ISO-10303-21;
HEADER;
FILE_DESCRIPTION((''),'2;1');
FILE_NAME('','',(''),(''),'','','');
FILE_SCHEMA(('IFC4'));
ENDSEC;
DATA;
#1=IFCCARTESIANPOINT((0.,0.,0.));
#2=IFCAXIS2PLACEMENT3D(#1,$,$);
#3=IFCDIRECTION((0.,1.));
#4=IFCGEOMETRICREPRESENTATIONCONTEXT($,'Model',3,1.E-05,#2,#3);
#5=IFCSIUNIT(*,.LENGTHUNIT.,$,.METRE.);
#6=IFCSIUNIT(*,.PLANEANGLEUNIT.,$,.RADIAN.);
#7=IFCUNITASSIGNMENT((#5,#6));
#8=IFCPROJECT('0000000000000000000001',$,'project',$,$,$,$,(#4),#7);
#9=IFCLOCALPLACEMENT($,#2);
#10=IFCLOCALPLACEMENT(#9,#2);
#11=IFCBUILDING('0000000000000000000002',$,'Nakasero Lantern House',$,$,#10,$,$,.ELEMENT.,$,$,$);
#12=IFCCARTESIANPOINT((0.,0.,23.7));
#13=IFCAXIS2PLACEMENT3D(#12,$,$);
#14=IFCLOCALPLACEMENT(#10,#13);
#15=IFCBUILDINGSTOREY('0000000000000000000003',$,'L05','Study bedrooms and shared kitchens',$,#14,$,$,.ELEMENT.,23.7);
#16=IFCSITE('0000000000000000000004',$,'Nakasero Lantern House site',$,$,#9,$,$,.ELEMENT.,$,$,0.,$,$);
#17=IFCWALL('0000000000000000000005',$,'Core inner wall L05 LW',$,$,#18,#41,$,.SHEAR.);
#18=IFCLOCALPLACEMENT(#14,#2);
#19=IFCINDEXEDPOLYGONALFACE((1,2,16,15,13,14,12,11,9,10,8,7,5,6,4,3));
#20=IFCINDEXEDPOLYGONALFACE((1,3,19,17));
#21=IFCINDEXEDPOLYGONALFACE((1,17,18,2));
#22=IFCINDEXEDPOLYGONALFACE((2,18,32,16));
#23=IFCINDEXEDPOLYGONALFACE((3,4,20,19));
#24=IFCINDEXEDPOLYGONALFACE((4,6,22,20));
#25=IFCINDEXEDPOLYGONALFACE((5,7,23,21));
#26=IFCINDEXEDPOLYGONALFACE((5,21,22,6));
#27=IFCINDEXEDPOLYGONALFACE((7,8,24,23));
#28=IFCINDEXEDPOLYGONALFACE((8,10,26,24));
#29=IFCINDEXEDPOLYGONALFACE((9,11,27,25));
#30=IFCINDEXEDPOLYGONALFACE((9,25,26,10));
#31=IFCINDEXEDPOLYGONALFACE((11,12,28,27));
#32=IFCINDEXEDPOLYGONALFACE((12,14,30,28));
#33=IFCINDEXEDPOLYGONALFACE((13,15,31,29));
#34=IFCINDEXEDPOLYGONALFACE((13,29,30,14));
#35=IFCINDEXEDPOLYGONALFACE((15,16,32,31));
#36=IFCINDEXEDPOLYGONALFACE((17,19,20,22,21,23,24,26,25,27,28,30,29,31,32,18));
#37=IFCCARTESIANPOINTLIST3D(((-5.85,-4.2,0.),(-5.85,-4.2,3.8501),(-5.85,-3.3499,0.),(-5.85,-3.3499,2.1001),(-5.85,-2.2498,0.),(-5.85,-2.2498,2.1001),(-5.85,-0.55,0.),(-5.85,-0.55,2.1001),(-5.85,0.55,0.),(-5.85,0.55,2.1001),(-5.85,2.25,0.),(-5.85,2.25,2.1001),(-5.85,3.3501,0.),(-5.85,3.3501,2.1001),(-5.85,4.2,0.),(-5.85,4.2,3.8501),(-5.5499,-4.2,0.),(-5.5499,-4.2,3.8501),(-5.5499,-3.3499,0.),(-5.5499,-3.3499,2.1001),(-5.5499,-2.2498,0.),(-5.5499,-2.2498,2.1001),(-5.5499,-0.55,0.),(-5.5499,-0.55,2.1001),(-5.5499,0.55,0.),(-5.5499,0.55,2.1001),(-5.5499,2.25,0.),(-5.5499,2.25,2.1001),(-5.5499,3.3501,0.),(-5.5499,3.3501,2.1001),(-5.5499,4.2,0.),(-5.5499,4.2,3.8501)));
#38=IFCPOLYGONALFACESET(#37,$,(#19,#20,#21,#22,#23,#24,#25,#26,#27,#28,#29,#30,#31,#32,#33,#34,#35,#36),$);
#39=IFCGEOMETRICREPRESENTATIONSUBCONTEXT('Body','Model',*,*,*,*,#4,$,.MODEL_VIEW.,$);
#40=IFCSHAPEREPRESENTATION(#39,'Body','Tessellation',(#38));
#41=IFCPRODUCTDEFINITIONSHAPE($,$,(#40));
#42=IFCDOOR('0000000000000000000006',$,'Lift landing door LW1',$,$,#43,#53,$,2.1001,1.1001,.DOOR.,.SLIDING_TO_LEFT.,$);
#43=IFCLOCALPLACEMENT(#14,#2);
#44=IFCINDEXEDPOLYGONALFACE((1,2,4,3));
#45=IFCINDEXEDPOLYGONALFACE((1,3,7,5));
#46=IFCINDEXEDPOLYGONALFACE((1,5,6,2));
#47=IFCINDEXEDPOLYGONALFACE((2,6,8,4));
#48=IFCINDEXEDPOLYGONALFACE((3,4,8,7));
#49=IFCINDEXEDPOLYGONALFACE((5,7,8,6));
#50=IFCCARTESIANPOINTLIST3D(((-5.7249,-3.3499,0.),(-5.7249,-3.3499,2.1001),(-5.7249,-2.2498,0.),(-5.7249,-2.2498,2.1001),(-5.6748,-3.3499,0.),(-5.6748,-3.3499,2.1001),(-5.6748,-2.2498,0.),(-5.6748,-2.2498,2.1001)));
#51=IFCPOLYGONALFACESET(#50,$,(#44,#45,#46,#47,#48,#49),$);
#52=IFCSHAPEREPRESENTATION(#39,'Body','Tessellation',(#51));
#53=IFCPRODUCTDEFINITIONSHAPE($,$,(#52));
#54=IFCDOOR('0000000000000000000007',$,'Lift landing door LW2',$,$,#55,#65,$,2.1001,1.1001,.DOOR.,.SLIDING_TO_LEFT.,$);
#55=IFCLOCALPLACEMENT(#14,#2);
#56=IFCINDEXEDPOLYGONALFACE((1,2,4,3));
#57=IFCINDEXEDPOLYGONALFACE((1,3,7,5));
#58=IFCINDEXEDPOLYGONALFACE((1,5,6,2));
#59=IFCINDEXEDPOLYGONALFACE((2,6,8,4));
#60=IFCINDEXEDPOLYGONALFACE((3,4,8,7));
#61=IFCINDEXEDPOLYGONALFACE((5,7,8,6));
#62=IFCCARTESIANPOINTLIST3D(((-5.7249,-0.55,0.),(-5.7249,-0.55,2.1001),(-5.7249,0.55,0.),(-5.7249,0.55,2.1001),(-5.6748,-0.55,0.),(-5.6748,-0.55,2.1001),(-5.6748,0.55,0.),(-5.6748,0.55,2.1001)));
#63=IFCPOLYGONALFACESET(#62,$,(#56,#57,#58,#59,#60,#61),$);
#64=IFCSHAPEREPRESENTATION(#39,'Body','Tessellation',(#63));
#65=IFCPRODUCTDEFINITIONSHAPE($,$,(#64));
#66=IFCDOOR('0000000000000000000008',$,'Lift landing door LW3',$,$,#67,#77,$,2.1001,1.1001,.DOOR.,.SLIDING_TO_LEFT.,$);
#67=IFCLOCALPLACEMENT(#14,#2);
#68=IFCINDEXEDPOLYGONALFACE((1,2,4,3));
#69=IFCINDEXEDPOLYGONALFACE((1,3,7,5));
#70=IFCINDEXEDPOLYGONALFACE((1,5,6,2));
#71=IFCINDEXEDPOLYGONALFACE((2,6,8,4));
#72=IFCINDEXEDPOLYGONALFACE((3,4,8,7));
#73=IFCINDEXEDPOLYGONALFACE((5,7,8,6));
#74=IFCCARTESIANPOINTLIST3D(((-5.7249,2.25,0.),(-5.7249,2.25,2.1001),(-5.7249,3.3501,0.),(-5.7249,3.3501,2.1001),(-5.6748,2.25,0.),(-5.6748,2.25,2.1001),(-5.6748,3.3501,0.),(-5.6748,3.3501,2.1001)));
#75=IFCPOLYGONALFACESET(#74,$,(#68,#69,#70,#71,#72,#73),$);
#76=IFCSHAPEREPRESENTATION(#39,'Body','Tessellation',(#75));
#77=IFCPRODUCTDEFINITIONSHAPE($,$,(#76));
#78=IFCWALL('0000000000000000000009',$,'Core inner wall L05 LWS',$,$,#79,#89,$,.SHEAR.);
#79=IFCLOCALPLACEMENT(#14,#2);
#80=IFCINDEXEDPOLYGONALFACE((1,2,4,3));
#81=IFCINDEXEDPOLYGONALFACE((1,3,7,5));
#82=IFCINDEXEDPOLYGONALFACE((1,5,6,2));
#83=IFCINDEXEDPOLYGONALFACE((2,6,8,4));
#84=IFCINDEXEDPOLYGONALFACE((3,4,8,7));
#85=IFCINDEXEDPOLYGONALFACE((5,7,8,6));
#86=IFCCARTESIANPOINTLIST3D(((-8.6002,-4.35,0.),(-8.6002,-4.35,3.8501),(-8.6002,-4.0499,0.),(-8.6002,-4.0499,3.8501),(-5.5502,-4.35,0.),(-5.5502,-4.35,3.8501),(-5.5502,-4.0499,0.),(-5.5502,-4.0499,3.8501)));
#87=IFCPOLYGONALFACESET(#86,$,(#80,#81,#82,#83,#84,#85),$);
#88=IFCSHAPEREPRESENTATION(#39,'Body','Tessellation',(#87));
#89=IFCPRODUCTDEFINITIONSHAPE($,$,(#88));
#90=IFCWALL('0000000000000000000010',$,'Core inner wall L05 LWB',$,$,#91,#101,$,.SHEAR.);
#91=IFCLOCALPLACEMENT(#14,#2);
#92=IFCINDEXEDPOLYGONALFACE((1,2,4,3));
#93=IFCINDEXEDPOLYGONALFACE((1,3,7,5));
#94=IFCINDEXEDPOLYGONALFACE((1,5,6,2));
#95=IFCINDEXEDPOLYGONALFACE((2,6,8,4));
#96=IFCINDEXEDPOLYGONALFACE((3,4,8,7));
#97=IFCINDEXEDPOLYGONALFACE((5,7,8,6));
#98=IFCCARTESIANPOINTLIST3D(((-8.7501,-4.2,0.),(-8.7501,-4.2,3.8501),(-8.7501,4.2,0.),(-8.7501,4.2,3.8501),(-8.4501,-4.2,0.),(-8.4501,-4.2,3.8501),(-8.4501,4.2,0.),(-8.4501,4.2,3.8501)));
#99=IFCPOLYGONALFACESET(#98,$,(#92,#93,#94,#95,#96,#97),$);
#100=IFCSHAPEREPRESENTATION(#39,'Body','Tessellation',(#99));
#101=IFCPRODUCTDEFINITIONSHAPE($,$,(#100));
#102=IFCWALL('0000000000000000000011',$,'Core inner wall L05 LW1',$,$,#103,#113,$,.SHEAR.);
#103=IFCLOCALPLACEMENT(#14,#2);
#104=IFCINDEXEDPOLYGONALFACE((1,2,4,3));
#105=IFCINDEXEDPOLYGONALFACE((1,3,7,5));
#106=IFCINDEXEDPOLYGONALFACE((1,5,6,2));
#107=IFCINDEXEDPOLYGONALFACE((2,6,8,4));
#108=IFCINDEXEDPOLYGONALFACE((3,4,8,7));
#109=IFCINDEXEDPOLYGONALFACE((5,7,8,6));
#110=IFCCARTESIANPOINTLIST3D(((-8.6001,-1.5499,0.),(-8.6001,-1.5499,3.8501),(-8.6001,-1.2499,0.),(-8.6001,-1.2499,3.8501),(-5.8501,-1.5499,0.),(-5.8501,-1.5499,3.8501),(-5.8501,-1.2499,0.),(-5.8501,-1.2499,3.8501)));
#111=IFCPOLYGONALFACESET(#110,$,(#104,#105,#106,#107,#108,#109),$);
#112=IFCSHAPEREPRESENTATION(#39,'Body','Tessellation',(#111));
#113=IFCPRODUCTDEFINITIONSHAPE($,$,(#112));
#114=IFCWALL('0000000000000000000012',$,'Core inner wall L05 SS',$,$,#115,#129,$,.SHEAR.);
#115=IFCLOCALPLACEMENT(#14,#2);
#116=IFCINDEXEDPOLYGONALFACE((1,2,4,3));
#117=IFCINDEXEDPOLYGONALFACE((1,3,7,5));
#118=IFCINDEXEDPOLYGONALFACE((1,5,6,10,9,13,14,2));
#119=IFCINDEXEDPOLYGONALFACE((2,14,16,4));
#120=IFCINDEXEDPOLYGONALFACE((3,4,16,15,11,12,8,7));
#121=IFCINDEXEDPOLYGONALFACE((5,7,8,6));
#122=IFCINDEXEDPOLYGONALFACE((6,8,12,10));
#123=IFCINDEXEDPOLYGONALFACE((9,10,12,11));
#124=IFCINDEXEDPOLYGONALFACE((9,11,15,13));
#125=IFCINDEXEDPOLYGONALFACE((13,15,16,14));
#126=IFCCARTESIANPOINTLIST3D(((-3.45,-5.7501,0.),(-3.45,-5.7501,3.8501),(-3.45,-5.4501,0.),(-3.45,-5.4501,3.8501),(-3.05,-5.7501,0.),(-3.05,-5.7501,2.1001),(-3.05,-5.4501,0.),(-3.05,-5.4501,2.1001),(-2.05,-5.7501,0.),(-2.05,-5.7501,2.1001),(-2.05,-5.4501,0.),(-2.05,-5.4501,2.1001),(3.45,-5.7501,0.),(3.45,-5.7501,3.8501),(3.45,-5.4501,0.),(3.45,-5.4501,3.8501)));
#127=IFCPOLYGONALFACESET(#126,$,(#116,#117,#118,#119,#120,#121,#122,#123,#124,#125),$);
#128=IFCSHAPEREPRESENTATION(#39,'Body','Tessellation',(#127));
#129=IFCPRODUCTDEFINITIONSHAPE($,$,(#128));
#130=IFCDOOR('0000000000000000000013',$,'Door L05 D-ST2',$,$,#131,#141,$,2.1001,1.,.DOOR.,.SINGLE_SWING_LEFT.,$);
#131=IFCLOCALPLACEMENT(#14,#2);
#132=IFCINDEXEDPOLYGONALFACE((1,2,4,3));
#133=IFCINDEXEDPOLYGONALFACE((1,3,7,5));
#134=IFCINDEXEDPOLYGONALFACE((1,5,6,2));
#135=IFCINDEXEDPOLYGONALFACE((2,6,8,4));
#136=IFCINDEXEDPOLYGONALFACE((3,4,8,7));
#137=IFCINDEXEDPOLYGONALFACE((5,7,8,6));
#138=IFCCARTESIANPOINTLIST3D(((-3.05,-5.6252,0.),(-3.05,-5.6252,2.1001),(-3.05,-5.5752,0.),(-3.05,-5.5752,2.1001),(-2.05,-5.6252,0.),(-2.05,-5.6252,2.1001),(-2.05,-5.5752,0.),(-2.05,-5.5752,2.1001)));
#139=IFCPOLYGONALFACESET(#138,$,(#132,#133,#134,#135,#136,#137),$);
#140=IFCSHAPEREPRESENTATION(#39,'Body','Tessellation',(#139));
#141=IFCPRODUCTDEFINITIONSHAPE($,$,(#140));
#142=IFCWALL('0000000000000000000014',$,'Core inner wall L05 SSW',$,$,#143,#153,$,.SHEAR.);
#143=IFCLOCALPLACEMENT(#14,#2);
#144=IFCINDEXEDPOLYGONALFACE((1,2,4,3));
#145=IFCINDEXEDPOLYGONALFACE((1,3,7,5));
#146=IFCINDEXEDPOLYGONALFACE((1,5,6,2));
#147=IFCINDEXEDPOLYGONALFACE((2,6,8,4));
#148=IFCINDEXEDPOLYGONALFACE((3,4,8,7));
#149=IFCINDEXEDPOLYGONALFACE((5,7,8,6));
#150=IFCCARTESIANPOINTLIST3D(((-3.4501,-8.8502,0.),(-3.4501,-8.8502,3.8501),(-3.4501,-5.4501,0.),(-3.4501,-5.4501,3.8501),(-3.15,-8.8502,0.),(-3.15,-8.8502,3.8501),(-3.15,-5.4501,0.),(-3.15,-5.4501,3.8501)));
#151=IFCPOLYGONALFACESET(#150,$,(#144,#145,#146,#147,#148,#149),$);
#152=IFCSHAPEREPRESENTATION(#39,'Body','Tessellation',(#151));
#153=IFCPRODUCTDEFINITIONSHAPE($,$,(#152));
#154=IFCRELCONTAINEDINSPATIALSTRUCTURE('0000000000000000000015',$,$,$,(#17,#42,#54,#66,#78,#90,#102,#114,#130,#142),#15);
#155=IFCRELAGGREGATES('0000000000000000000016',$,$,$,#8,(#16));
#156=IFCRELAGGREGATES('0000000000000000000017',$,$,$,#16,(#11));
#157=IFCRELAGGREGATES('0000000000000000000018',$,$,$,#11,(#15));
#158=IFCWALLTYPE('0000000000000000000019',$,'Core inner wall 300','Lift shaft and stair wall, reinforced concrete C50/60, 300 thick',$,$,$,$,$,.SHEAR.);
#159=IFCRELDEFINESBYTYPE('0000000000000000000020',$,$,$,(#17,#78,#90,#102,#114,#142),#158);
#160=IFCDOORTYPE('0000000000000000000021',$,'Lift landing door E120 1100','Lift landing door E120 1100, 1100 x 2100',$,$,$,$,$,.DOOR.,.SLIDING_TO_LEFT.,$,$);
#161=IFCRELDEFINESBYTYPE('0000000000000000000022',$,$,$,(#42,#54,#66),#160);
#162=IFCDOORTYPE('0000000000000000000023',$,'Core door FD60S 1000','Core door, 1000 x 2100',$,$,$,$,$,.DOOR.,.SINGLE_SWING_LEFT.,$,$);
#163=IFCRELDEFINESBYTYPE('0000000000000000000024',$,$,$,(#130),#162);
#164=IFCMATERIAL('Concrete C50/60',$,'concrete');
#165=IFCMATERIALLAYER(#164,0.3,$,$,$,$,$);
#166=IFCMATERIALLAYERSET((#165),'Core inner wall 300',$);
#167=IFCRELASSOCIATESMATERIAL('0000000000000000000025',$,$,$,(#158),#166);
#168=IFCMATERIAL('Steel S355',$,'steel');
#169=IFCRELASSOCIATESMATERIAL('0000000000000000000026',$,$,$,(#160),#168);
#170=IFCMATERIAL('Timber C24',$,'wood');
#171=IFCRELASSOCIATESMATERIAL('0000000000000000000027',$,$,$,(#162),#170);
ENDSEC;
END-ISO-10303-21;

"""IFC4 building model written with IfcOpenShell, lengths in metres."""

from ifc_helpers import new_model, si_unit, direction, frame, frame_2d, origin, place, context, subcontext, project, spatial, rectangle, extrude, material, layer, layer_set, type_object, element, fill, save


model = new_model("IFC4")

# Units and contexts
model_context = context("Model", 3, precision=1e-05, world=origin(), true_north=direction((0.0, 1.0)))
body_context = subcontext(model_context, "Body", "Model", "MODEL_VIEW")
ifc_project = project(units=[si_unit("LENGTHUNIT", "METRE"), si_unit("PLANEANGLEUNIT", "RADIAN")], contexts=[model_context])

# Site, building, storey
site_placement = place(None, origin())
site = spatial("IfcSite", under=ifc_project, at=site_placement, Name="Nakasero Lantern House site", CompositionType="ELEMENT", RefElevation=0.0)
building_placement = place(site_placement, origin())
building = spatial("IfcBuilding", under=site, at=building_placement, Name="Nakasero Lantern House", CompositionType="ELEMENT")
storey_placement = place(building_placement, frame((0.0, 0.0, 23.7)))
storey = spatial("IfcBuildingStorey", under=building, at=storey_placement, Name="L05", Description="Study bedrooms and shared kitchens", CompositionType="ELEMENT", Elevation=23.7)

# Wall, openings, doors
ifc_material_1 = material(Name="Concrete C50/60", Category="concrete")
ifc_layer_1 = layer(ifc_material_1, 0.3)
ifc_layer_set_1 = layer_set([ifc_layer_1], Name="Core inner wall 300")
wall_type_1 = type_object("IfcWallType", Name="Core inner wall 300", Description="Lift shaft and stair wall, reinforced concrete C50/60, 300 thick", PredefinedType="SHEAR", material=ifc_layer_set_1)
wall_1_placement = place(storey_placement, frame((-5.7, -4.2, 0.0), z_axis=(0.0, 0.0, 1.0), x_axis=(0.0, 1.0, 0.0)))
wall_1 = element("IfcWall", 1, at=wall_1_placement, inside=storey, type_object=wall_type_1, Name="Core inner wall L05 LW", PredefinedType="SHEAR", context=body_context, shape_type="SweptSolid", body=[
    extrude(rectangle(XDim=8.3999, YDim=0.3, at=frame_2d((4.2, 0.0))), origin(), (0.0, 0.0, 1.0), 3.8501),
])
opening_1_placement = place(wall_1_placement, frame((0.8501, 0.0, 0.0)))
opening_1 = element("IfcOpeningElement", 2, at=opening_1_placement, cuts=wall_1, PredefinedType="OPENING", context=body_context, shape_type="SweptSolid", body=[
    extrude(rectangle(XDim=1.1001, YDim=2.1001, at=frame_2d((0.55, 1.05))), frame((0.0, 0.1699, 0.0), z_axis=(0.0, -1.0, 0.0), x_axis=(1.0, 0.0, 0.0)), (0.0, 0.0, 1.0), 0.3401),
])
opening_2_placement = place(wall_1_placement, frame((3.6499, 0.0, 0.0)))
opening_2 = element("IfcOpeningElement", 3, at=opening_2_placement, cuts=wall_1, PredefinedType="OPENING", context=body_context, shape_type="SweptSolid", body=[
    extrude(rectangle(XDim=1.1001, YDim=2.1001, at=frame_2d((0.55, 1.05))), frame((0.0, 0.1699, 0.0), z_axis=(0.0, -1.0, 0.0), x_axis=(1.0, 0.0, 0.0)), (0.0, 0.0, 1.0), 0.3401),
])
opening_3_placement = place(wall_1_placement, frame((6.45, 0.0, 0.0)))
opening_3 = element("IfcOpeningElement", 4, at=opening_3_placement, cuts=wall_1, PredefinedType="OPENING", context=body_context, shape_type="SweptSolid", body=[
    extrude(rectangle(XDim=1.1001, YDim=2.1001, at=frame_2d((0.55, 1.05))), frame((0.0, 0.1699, 0.0), z_axis=(0.0, -1.0, 0.0), x_axis=(1.0, 0.0, 0.0)), (0.0, 0.0, 1.0), 0.3401),
])
ifc_material_2 = material(Name="Steel S355", Category="steel")
door_type_1 = type_object("IfcDoorType", Name="Lift landing door E120 1100", Description="Lift landing door E120 1100, 1100 x 2100", OperationType="SLIDING_TO_LEFT", PredefinedType="DOOR", material=ifc_material_2)
door_1_placement = place(opening_1_placement, origin())
door_1 = element("IfcDoor", 5, at=door_1_placement, inside=storey, type_object=door_type_1, Name="Lift landing door LW1", OperationType="SLIDING_TO_LEFT", OverallHeight=2.1001, OverallWidth=1.1001, PredefinedType="DOOR", context=body_context, shape_type="SweptSolid", body=[
    extrude(rectangle(XDim=1.1001, YDim=2.1001, at=frame_2d((0.55, 1.05))), frame((0.0, 0.0249, 0.0), z_axis=(0.0, -1.0, 0.0), x_axis=(1.0, 0.0, 0.0)), (0.0, 0.0, 1.0), 0.05),
])
fill(opening_1, door_1)
door_2_placement = place(opening_2_placement, origin())
door_2 = element("IfcDoor", 6, at=door_2_placement, inside=storey, type_object=door_type_1, Name="Lift landing door LW2", OperationType="SLIDING_TO_LEFT", OverallHeight=2.1001, OverallWidth=1.1001, PredefinedType="DOOR", context=body_context, shape_type="SweptSolid", body=[
    extrude(rectangle(XDim=1.1001, YDim=2.1001, at=frame_2d((0.55, 1.05))), frame((0.0, 0.0249, 0.0), z_axis=(0.0, -1.0, 0.0), x_axis=(1.0, 0.0, 0.0)), (0.0, 0.0, 1.0), 0.05),
])
fill(opening_2, door_2)
door_3_placement = place(opening_3_placement, origin())
door_3 = element("IfcDoor", 7, at=door_3_placement, inside=storey, type_object=door_type_1, Name="Lift landing door LW3", OperationType="SLIDING_TO_LEFT", OverallHeight=2.1001, OverallWidth=1.1001, PredefinedType="DOOR", context=body_context, shape_type="SweptSolid", body=[
    extrude(rectangle(XDim=1.1001, YDim=2.1001, at=frame_2d((0.55, 1.05))), frame((0.0, 0.0249, 0.0), z_axis=(0.0, -1.0, 0.0), x_axis=(1.0, 0.0, 0.0)), (0.0, 0.0, 1.0), 0.05),
])
fill(opening_3, door_3)

# Walls
wall_2_placement = place(storey_placement, frame((-8.6001, -4.2, 0.0), z_axis=(0.0, 0.0, 1.0), x_axis=(1.0, 0.0, 0.0)))
element("IfcWall", 8, at=wall_2_placement, inside=storey, type_object=wall_type_1, Name="Core inner wall L05 LWS", PredefinedType="SHEAR", context=body_context, shape_type="SweptSolid", body=[
    extrude(rectangle(XDim=3.05, YDim=0.3, at=frame_2d((1.5249, 0.0))), origin(), (0.0, 0.0, 1.0), 3.8501),
])
wall_3_placement = place(storey_placement, frame((-8.6001, -4.2, 0.0), z_axis=(0.0, 0.0, 1.0), x_axis=(0.0, 1.0, 0.0)))
element("IfcWall", 9, at=wall_3_placement, inside=storey, type_object=wall_type_1, Name="Core inner wall L05 LWB", PredefinedType="SHEAR", context=body_context, shape_type="SweptSolid", body=[
    extrude(rectangle(XDim=8.3999, YDim=0.3, at=frame_2d((4.2, 0.0))), origin(), (0.0, 0.0, 1.0), 3.8501),
])
wall_4_placement = place(storey_placement, frame((-8.6001, -1.3999, 0.0), z_axis=(0.0, 0.0, 1.0), x_axis=(1.0, 0.0, 0.0)))
element("IfcWall", 10, at=wall_4_placement, inside=storey, type_object=wall_type_1, Name="Core inner wall L05 LW1", PredefinedType="SHEAR", context=body_context, shape_type="SweptSolid", body=[
    extrude(rectangle(XDim=2.75, YDim=0.3, at=frame_2d((1.375, 0.0))), origin(), (0.0, 0.0, 1.0), 3.8501),
])

# Wall, opening, door
wall_5_placement = place(storey_placement, frame((-3.45, -5.6001, 0.0), z_axis=(0.0, 0.0, 1.0), x_axis=(1.0, 0.0, 0.0)))
wall_5 = element("IfcWall", 11, at=wall_5_placement, inside=storey, type_object=wall_type_1, Name="Core inner wall L05 SS", PredefinedType="SHEAR", context=body_context, shape_type="SweptSolid", body=[
    extrude(rectangle(XDim=6.8999, YDim=0.3, at=frame_2d((3.45, 0.0))), origin(), (0.0, 0.0, 1.0), 3.8501),
])
opening_4_placement = place(wall_5_placement, frame((0.3999, 0.0, 0.0)))
opening_4 = element("IfcOpeningElement", 12, at=opening_4_placement, cuts=wall_5, PredefinedType="OPENING", context=body_context, shape_type="SweptSolid", body=[
    extrude(rectangle(XDim=1.0, YDim=2.1001, at=frame_2d((0.5, 1.05))), frame((0.0, 0.1699, 0.0), z_axis=(0.0, -1.0, 0.0), x_axis=(1.0, 0.0, 0.0)), (0.0, 0.0, 1.0), 0.3401),
])
ifc_material_3 = material(Name="Timber C24", Category="wood")
door_type_2 = type_object("IfcDoorType", Name="Core door FD60S 1000", Description="Core door, 1000 x 2100", OperationType="SINGLE_SWING_LEFT", PredefinedType="DOOR", material=ifc_material_3)
door_4_placement = place(opening_4_placement, origin())
door_4 = element("IfcDoor", 13, at=door_4_placement, inside=storey, type_object=door_type_2, Name="Door L05 D-ST2", OperationType="SINGLE_SWING_LEFT", OverallHeight=2.1001, OverallWidth=1.0, PredefinedType="DOOR", context=body_context, shape_type="SweptSolid", body=[
    extrude(rectangle(XDim=1.0, YDim=2.1001, at=frame_2d((0.5, 1.05))), frame((0.0, 0.0249, 0.0), z_axis=(0.0, -1.0, 0.0), x_axis=(1.0, 0.0, 0.0)), (0.0, 0.0, 1.0), 0.05),
])
fill(opening_4, door_4)

# Wall
wall_6_placement = place(storey_placement, frame((-3.3, -5.45, 0.0), z_axis=(0.0, 0.0, 1.0), x_axis=(0.0, -1.0, 0.0)))
element("IfcWall", 14, at=wall_6_placement, inside=storey, type_object=wall_type_1, Name="Core inner wall L05 SSW", PredefinedType="SHEAR", context=body_context, shape_type="SweptSolid", body=[
    extrude(rectangle(XDim=3.4001, YDim=0.3, at=frame_2d((1.7002, 0.0))), origin(), (0.0, 0.0, 1.0), 3.8501),
])

save(model, "model.ifc")
